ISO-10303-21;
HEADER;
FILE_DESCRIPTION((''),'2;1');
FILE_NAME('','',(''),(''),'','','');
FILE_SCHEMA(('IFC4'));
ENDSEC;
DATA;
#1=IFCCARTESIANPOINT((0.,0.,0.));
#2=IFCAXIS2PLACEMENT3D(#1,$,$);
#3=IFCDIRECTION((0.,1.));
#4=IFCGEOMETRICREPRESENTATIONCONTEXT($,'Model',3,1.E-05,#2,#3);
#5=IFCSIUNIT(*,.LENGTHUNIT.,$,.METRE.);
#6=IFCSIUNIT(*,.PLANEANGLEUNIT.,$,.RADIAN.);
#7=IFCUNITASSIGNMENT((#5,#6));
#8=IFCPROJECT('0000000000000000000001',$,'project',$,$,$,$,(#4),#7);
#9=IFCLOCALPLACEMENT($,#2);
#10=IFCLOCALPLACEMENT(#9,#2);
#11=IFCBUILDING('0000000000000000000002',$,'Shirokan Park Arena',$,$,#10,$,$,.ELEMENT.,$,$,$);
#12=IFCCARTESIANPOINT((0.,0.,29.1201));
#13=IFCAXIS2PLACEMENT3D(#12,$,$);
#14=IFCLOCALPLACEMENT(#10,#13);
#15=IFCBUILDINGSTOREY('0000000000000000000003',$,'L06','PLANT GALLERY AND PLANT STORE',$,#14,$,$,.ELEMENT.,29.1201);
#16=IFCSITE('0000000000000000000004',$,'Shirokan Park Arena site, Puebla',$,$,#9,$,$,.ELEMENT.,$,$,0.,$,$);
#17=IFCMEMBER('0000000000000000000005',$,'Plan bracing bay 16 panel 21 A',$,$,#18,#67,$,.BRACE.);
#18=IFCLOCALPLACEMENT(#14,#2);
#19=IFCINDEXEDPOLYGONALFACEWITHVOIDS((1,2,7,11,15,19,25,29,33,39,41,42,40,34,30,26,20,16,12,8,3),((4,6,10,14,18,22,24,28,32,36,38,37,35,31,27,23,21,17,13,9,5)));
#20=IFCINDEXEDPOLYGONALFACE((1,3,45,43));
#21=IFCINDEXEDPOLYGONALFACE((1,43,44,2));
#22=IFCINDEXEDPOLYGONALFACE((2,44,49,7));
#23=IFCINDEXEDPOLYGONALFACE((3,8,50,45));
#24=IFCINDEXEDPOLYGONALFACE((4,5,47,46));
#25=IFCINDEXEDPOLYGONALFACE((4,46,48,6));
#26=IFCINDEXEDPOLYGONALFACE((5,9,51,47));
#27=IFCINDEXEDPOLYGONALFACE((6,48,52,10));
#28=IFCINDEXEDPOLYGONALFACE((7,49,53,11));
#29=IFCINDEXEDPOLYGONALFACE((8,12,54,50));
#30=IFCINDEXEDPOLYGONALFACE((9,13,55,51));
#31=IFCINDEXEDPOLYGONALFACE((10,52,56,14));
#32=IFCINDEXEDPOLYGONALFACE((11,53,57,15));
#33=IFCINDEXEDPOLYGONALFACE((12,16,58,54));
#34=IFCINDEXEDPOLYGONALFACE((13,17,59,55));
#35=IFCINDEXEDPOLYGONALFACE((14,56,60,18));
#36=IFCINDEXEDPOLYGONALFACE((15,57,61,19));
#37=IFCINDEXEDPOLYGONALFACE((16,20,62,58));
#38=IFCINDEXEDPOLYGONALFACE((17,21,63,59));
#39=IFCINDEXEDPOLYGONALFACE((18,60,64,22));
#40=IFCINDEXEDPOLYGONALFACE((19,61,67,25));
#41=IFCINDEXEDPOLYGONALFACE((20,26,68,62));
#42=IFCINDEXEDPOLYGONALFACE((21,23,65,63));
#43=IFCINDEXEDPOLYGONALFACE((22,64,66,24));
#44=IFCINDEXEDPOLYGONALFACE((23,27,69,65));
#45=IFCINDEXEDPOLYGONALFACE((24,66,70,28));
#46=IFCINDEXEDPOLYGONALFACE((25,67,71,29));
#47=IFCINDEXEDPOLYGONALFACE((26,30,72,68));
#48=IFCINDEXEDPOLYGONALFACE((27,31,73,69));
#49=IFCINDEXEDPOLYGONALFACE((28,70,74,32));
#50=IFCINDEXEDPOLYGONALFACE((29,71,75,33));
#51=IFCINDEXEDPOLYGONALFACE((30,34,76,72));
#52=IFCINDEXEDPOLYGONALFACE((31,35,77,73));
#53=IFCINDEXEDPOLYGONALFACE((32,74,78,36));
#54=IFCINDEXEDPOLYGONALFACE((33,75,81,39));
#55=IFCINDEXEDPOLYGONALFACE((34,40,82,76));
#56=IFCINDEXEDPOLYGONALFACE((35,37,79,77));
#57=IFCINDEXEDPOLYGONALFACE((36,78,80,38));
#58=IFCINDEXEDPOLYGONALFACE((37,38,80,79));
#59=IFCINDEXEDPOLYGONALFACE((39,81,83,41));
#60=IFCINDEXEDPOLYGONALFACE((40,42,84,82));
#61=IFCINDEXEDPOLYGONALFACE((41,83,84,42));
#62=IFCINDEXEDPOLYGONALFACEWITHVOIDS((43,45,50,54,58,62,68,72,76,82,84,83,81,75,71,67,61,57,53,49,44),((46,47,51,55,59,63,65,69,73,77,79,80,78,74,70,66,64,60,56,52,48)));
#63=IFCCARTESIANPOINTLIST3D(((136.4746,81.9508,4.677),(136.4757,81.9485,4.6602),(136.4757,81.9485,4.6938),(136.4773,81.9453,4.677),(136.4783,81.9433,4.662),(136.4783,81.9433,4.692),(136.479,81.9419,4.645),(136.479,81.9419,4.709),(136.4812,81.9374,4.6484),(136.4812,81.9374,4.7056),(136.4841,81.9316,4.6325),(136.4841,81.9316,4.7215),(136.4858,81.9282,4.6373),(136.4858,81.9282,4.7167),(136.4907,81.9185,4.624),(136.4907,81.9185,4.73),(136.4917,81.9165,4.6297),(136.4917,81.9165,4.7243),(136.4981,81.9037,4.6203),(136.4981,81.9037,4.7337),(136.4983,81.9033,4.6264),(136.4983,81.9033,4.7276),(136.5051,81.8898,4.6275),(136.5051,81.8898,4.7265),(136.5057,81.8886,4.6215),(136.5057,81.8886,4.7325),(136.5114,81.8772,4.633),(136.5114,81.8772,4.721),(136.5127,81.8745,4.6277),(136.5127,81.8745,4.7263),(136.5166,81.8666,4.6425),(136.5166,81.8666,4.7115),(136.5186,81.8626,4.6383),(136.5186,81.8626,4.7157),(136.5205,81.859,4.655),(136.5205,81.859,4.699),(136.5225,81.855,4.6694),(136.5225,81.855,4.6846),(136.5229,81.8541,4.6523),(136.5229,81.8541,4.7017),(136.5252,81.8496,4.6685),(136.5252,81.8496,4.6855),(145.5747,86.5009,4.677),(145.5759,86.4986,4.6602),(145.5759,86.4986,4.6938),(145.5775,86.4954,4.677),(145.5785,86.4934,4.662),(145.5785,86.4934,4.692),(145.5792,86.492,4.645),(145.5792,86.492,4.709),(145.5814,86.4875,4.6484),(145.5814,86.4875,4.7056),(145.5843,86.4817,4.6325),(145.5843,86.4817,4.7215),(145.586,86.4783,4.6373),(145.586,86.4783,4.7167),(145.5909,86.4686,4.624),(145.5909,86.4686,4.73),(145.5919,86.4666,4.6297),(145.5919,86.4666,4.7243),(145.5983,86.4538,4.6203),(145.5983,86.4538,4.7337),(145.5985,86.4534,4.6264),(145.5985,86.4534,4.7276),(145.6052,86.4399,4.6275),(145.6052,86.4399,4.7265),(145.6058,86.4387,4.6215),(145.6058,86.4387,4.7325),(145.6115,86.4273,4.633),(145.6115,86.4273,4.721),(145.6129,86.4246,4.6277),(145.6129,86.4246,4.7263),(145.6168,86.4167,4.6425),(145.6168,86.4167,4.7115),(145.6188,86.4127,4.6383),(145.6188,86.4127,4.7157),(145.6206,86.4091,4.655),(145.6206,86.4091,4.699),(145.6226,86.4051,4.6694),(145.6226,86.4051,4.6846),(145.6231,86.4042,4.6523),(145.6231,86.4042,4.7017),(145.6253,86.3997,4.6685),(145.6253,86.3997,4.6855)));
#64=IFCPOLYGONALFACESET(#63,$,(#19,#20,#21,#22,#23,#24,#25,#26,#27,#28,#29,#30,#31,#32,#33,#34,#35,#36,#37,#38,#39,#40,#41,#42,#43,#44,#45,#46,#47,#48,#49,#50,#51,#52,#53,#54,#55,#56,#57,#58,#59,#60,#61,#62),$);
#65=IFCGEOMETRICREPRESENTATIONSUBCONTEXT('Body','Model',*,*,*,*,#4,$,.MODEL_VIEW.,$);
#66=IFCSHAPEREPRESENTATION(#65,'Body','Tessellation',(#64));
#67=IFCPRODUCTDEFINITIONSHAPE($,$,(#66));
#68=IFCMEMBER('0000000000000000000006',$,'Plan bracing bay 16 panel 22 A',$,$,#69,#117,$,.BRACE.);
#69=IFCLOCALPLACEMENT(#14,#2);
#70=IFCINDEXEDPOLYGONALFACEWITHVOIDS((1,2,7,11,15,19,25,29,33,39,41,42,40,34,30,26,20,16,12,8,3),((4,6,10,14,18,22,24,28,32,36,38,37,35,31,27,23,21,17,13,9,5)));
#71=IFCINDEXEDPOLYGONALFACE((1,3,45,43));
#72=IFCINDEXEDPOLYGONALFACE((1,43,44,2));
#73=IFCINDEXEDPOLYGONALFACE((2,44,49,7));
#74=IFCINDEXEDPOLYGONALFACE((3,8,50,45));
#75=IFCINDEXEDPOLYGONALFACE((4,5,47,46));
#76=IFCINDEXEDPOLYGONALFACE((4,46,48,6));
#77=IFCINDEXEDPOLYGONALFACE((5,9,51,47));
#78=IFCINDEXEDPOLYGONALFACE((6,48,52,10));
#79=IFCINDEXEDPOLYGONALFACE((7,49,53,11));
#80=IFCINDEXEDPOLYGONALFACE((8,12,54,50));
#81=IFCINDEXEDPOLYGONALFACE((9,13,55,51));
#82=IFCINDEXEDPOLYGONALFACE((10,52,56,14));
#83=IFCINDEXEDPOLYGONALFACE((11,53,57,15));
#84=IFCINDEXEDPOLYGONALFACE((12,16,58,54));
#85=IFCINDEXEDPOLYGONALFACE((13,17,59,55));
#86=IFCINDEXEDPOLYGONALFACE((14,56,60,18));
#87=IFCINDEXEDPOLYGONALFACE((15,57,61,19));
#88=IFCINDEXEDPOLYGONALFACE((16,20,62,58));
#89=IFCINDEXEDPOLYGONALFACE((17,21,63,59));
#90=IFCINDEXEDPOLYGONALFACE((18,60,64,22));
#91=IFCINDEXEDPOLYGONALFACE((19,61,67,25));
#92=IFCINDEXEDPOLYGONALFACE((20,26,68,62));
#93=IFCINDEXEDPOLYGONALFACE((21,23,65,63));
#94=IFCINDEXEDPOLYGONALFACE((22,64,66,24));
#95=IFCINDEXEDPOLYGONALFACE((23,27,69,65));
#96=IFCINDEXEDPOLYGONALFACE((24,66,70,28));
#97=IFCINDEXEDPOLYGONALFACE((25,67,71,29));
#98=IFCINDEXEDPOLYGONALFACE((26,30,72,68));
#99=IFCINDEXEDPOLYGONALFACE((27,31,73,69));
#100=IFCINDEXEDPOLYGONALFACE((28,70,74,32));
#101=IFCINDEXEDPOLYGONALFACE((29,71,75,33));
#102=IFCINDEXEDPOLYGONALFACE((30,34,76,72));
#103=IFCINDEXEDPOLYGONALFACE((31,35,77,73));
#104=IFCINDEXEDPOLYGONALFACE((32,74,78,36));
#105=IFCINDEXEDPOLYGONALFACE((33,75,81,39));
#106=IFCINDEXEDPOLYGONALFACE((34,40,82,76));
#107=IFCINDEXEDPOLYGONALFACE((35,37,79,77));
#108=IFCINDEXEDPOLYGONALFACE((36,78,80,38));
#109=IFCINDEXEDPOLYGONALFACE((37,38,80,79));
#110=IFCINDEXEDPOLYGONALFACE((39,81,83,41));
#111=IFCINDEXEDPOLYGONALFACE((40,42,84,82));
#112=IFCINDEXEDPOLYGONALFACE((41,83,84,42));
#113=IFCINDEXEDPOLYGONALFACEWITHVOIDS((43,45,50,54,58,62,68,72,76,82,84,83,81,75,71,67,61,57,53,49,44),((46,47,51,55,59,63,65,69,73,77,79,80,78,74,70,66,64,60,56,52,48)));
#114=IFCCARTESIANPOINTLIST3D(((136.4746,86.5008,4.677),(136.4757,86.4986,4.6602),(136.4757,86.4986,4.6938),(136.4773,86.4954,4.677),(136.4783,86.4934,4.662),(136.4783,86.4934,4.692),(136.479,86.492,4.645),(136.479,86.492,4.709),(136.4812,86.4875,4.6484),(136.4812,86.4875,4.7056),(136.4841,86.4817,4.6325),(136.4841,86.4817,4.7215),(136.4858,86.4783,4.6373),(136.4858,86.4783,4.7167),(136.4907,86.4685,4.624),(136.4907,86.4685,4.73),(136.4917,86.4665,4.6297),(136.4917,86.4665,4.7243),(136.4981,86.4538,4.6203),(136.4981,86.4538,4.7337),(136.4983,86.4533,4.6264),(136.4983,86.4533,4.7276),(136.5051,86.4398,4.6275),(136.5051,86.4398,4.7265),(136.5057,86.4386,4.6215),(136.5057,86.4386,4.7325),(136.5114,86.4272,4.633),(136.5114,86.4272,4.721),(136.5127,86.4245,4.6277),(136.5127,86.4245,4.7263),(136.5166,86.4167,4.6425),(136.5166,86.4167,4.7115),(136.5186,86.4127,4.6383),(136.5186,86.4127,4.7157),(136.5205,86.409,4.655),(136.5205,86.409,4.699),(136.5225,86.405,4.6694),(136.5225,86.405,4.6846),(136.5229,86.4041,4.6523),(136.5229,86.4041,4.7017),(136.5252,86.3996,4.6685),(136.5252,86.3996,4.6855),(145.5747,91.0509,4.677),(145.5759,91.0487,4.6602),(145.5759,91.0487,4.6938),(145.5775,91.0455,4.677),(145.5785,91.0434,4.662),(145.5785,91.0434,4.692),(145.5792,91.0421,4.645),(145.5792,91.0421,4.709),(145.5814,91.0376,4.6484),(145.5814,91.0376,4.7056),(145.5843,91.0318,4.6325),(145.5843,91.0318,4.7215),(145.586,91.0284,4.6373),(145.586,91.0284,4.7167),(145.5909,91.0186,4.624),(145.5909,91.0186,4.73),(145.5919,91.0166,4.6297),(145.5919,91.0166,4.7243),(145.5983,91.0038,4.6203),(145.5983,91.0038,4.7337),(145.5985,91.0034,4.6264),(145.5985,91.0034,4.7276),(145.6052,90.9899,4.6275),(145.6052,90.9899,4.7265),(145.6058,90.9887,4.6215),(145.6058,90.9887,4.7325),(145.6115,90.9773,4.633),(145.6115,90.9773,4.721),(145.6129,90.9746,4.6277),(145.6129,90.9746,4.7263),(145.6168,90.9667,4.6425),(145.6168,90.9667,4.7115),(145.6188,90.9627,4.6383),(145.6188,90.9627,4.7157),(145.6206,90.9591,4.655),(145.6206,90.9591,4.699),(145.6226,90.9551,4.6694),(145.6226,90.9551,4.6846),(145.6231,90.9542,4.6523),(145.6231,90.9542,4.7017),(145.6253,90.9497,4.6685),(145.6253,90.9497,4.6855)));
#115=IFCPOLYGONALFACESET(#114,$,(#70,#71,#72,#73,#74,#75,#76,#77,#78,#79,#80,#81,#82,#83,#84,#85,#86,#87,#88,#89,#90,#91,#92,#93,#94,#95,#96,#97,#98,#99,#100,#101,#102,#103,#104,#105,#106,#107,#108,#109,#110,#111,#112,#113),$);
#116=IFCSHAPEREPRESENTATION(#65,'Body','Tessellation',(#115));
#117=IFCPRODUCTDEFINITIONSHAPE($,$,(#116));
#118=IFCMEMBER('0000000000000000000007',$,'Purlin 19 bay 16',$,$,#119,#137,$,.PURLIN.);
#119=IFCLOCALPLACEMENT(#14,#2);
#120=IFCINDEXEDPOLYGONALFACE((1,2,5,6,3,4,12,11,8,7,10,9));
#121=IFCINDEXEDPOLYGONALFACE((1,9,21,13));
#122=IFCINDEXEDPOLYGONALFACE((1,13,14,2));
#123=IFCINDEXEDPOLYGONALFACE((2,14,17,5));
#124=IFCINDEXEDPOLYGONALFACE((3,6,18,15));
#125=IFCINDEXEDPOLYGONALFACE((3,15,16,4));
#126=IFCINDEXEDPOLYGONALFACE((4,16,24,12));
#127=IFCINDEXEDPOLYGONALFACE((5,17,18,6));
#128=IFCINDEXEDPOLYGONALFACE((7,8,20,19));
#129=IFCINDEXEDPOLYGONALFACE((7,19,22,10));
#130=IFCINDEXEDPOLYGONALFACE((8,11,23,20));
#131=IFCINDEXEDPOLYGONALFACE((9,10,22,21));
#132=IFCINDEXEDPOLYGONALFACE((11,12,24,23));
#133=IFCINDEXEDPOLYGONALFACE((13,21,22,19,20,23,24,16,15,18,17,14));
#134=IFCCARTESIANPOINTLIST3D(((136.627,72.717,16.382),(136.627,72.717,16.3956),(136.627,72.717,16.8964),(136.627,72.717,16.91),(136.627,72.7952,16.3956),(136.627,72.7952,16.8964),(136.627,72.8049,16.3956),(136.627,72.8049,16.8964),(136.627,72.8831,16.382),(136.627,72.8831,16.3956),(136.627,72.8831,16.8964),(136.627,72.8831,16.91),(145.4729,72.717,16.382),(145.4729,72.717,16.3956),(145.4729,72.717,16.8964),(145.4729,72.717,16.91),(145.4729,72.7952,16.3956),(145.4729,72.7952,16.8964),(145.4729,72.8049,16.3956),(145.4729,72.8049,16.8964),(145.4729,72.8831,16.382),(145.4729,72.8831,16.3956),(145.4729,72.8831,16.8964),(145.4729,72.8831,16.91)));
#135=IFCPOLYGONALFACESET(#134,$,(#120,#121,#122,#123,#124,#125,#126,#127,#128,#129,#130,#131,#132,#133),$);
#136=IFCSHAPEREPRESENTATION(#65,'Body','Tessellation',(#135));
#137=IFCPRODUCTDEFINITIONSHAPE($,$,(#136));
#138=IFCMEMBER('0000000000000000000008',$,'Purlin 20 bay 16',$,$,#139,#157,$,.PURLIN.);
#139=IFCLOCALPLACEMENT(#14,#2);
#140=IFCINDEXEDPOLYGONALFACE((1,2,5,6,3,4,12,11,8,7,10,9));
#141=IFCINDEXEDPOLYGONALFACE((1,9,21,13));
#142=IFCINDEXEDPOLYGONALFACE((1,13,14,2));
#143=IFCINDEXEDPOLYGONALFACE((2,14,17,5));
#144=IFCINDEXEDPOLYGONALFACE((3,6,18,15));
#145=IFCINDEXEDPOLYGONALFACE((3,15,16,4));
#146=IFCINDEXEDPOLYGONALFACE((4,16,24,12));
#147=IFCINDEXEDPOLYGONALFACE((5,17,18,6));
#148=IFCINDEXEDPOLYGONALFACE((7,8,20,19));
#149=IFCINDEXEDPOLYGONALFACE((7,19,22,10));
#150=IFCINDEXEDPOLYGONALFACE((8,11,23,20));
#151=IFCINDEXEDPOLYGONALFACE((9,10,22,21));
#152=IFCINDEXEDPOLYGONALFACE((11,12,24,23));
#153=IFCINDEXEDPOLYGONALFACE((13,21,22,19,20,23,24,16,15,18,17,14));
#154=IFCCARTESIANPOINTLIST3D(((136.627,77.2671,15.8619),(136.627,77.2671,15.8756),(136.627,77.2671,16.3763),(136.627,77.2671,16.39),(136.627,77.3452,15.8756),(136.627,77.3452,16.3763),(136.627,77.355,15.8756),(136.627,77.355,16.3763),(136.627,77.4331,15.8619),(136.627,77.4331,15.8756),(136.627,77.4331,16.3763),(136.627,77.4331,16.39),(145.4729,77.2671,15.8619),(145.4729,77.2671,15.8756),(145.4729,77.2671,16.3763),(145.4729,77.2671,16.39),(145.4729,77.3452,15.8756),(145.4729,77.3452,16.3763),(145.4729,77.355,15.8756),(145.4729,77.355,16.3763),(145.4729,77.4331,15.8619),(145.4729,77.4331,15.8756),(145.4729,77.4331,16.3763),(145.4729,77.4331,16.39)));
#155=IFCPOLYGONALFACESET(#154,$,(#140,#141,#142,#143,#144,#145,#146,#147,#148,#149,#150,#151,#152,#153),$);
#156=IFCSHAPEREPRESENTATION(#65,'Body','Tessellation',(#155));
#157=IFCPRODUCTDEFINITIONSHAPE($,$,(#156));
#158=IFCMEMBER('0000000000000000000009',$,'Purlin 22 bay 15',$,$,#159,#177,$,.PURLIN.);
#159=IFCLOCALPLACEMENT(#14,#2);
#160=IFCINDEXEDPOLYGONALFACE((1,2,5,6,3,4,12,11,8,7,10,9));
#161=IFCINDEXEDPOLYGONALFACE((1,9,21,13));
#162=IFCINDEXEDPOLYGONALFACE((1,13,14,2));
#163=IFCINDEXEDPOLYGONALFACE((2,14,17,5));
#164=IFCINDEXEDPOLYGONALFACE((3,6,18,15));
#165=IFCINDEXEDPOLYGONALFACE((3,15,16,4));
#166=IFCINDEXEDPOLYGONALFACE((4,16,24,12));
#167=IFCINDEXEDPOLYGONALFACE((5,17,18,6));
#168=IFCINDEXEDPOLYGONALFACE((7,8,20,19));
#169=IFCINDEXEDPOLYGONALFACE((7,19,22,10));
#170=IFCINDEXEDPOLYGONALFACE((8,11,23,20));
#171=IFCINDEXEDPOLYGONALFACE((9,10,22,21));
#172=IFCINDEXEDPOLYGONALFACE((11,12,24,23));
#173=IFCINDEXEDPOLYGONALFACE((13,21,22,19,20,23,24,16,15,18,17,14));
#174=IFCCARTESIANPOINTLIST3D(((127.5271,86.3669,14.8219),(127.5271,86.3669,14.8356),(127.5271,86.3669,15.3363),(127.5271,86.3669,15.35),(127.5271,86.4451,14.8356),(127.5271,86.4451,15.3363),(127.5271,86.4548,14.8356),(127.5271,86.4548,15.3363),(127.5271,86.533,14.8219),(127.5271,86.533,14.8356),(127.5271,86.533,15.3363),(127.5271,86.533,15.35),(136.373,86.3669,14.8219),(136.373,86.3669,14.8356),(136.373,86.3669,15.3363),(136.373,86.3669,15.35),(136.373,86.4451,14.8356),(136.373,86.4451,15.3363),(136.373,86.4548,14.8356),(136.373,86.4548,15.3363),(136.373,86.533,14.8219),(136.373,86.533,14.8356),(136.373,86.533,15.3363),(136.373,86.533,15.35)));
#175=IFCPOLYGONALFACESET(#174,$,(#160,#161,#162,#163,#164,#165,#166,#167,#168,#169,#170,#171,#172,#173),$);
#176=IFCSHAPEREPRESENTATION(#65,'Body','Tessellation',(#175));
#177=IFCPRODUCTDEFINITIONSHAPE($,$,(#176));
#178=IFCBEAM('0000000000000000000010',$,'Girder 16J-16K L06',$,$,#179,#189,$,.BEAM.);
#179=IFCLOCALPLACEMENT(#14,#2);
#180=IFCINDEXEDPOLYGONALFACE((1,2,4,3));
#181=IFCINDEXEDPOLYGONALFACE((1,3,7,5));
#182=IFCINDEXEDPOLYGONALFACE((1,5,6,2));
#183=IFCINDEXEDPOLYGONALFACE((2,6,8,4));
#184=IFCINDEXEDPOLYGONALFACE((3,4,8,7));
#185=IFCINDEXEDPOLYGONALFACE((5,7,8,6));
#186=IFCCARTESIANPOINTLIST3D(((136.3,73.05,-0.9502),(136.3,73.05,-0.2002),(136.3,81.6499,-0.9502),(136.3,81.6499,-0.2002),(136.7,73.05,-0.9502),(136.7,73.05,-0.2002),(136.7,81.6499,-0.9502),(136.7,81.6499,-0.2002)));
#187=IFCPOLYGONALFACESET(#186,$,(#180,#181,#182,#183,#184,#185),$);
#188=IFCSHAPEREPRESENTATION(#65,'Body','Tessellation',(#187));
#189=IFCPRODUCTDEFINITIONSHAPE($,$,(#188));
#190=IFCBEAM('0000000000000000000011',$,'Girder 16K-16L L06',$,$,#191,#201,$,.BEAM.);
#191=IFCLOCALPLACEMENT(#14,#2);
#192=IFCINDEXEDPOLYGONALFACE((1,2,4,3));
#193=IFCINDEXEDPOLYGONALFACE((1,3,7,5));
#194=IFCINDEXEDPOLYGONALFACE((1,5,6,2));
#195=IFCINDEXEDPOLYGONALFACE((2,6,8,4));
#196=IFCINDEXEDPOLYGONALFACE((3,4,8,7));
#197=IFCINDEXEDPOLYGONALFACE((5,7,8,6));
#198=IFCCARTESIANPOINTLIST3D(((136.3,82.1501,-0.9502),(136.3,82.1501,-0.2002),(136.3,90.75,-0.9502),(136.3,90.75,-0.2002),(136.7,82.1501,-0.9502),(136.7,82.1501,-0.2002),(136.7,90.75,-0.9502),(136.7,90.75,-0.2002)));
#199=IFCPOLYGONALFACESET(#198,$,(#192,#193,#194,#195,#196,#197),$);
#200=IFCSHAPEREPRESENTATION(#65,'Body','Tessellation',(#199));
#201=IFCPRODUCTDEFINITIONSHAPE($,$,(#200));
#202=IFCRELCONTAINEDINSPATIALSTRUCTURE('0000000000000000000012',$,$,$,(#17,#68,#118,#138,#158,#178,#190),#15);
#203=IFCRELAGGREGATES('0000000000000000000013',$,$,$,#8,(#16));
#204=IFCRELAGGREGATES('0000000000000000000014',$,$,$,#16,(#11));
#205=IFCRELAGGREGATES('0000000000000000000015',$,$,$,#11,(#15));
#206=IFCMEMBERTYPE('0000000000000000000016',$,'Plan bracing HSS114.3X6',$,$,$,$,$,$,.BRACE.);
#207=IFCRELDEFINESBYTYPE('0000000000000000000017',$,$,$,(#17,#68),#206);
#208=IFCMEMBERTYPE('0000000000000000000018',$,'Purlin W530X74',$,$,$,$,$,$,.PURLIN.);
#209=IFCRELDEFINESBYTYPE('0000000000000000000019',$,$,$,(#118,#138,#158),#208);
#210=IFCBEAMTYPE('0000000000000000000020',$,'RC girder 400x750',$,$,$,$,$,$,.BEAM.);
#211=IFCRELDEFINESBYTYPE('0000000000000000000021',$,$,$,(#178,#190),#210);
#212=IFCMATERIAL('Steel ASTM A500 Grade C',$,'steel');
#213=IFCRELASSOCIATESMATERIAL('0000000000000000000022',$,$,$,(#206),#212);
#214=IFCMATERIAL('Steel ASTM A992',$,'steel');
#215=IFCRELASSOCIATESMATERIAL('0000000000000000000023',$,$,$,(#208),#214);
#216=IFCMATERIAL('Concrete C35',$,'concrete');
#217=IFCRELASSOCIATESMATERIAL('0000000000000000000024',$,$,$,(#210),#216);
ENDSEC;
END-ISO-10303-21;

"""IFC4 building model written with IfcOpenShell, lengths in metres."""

from ifc_helpers import new_model, si_unit, direction, frame, origin, origin_2d, place, context, subcontext, project, spatial, rectangle, hollow_circle, i_section, extrude, material, material_profile, profile_set, type_object, element, save


model = new_model("IFC4")

# Units and contexts
model_context = context("Model", 3, precision=1e-05, world=origin(), true_north=direction((0.0, 1.0)))
body_context = subcontext(model_context, "Body", "Model", "MODEL_VIEW")
ifc_project = project(units=[si_unit("LENGTHUNIT", "METRE"), si_unit("PLANEANGLEUNIT", "RADIAN")], contexts=[model_context])

# Site, building, storey
site_placement = place(None, origin())
site = spatial("IfcSite", under=ifc_project, at=site_placement, Name="Shirokan Park Arena site, Puebla", CompositionType="ELEMENT", RefElevation=0.0)
building_placement = place(site_placement, origin())
building = spatial("IfcBuilding", under=site, at=building_placement, Name="Shirokan Park Arena", CompositionType="ELEMENT")
storey_placement = place(building_placement, frame((0.0, 0.0, 29.1201)))
storey = spatial("IfcBuildingStorey", under=building, at=storey_placement, Name="L06", Description="PLANT GALLERY AND PLANT STORE", CompositionType="ELEMENT", Elevation=29.1201)

# Shared definitions
ifc_material_1 = material(Name="Concrete C35", Category="concrete")

# Members
ifc_material_2 = material(Name="Steel ASTM A500 Grade C", Category="steel")
ifc_material_profile_1 = material_profile(ifc_material_2, hollow_circle(Radius=0.0569, WallThickness=0.0061, at=origin_2d()), Name="HSS114.3X6")
ifc_profile_set_1 = profile_set([ifc_material_profile_1], Name="Steel ASTM A500 Grade C")
member_type_1 = type_object("IfcMemberType", Name="Plan bracing HSS114.3X6", PredefinedType="BRACE", material=ifc_profile_set_1)
for number, where, z_axis, x_axis, name in (
    (1, (136.5, 81.8999, 4.677), (0.894427, 0.447214, 0.0), (-0.447214, 0.894427, 0.0), "Plan bracing bay 16 panel 21 A"),
    (2, (136.5, 86.45, 4.677), (0.894427, 0.447214, 0.0), (-0.447214, 0.894427, 0.0), "Plan bracing bay 16 panel 22 A"),
):
    element("IfcMember", number, at=place(storey_placement, frame(where, z_axis=z_axis, x_axis=x_axis)), inside=storey, type_object=member_type_1, Name=name, PredefinedType="BRACE", context=body_context, shape_type="SweptSolid", body=[
        extrude(hollow_circle(Radius=0.0569, WallThickness=0.0061, at=origin_2d()), origin(), (0.0, 0.0, 1.0), 10.1743),
    ])
ifc_material_3 = material(Name="Steel ASTM A992", Category="steel")
ifc_material_profile_2 = material_profile(ifc_material_3, i_section(OverallWidth=0.166, OverallDepth=0.5281, WebThickness=0.0098, FlangeThickness=0.0137, at=origin_2d()), Name="W530X74")
ifc_profile_set_2 = profile_set([ifc_material_profile_2], Name="Steel ASTM A992")
member_type_2 = type_object("IfcMemberType", Name="Purlin W530X74", PredefinedType="PURLIN", material=ifc_profile_set_2)
for number, where, z_axis, x_axis, name in (
    (3, (136.627, 72.8, 16.646), (1.0, 0.0, 0.0), (0.0, 1.0, 0.0), "Purlin 19 bay 16"),
    (4, (136.627, 77.3501, 16.126), (1.0, 0.0, 0.0), (0.0, 1.0, 0.0), "Purlin 20 bay 16"),
    (5, (127.5271, 86.45, 15.0859), (1.0, 0.0, 0.0), (0.0, 1.0, 0.0), "Purlin 22 bay 15"),
):
    element("IfcMember", number, at=place(storey_placement, frame(where, z_axis=z_axis, x_axis=x_axis)), inside=storey, type_object=member_type_2, Name=name, PredefinedType="PURLIN", context=body_context, shape_type="SweptSolid", body=[
        extrude(i_section(OverallWidth=0.166, OverallDepth=0.5281, WebThickness=0.0098, FlangeThickness=0.0137, at=origin_2d()), origin(), (0.0, 0.0, 1.0), 8.8459),
    ])

# Beams
ifc_material_profile_3 = material_profile(ifc_material_1, rectangle(XDim=0.3999, YDim=0.75, at=origin_2d()), Name="400x750")
ifc_profile_set_3 = profile_set([ifc_material_profile_3], Name="Concrete C35")
beam_type_1 = type_object("IfcBeamType", Name="RC girder 400x750", PredefinedType="BEAM", material=ifc_profile_set_3)
for number, where, z_axis, x_axis, name in (
    (6, (136.5, 73.05, -0.5752), (0.0, 1.0, 0.0), (-1.0, 0.0, 0.0), "Girder 16J-16K L06"),
    (7, (136.5, 82.1501, -0.5752), (0.0, 1.0, 0.0), (-1.0, 0.0, 0.0), "Girder 16K-16L L06"),
):
    element("IfcBeam", number, at=place(storey_placement, frame(where, z_axis=z_axis, x_axis=x_axis)), inside=storey, type_object=beam_type_1, Name=name, PredefinedType="BEAM", context=body_context, shape_type="SweptSolid", body=[
        extrude(rectangle(XDim=0.3999, YDim=0.75, at=origin_2d()), origin(), (0.0, 0.0, 1.0), 8.5999),
    ])

save(model, "model.ifc")
